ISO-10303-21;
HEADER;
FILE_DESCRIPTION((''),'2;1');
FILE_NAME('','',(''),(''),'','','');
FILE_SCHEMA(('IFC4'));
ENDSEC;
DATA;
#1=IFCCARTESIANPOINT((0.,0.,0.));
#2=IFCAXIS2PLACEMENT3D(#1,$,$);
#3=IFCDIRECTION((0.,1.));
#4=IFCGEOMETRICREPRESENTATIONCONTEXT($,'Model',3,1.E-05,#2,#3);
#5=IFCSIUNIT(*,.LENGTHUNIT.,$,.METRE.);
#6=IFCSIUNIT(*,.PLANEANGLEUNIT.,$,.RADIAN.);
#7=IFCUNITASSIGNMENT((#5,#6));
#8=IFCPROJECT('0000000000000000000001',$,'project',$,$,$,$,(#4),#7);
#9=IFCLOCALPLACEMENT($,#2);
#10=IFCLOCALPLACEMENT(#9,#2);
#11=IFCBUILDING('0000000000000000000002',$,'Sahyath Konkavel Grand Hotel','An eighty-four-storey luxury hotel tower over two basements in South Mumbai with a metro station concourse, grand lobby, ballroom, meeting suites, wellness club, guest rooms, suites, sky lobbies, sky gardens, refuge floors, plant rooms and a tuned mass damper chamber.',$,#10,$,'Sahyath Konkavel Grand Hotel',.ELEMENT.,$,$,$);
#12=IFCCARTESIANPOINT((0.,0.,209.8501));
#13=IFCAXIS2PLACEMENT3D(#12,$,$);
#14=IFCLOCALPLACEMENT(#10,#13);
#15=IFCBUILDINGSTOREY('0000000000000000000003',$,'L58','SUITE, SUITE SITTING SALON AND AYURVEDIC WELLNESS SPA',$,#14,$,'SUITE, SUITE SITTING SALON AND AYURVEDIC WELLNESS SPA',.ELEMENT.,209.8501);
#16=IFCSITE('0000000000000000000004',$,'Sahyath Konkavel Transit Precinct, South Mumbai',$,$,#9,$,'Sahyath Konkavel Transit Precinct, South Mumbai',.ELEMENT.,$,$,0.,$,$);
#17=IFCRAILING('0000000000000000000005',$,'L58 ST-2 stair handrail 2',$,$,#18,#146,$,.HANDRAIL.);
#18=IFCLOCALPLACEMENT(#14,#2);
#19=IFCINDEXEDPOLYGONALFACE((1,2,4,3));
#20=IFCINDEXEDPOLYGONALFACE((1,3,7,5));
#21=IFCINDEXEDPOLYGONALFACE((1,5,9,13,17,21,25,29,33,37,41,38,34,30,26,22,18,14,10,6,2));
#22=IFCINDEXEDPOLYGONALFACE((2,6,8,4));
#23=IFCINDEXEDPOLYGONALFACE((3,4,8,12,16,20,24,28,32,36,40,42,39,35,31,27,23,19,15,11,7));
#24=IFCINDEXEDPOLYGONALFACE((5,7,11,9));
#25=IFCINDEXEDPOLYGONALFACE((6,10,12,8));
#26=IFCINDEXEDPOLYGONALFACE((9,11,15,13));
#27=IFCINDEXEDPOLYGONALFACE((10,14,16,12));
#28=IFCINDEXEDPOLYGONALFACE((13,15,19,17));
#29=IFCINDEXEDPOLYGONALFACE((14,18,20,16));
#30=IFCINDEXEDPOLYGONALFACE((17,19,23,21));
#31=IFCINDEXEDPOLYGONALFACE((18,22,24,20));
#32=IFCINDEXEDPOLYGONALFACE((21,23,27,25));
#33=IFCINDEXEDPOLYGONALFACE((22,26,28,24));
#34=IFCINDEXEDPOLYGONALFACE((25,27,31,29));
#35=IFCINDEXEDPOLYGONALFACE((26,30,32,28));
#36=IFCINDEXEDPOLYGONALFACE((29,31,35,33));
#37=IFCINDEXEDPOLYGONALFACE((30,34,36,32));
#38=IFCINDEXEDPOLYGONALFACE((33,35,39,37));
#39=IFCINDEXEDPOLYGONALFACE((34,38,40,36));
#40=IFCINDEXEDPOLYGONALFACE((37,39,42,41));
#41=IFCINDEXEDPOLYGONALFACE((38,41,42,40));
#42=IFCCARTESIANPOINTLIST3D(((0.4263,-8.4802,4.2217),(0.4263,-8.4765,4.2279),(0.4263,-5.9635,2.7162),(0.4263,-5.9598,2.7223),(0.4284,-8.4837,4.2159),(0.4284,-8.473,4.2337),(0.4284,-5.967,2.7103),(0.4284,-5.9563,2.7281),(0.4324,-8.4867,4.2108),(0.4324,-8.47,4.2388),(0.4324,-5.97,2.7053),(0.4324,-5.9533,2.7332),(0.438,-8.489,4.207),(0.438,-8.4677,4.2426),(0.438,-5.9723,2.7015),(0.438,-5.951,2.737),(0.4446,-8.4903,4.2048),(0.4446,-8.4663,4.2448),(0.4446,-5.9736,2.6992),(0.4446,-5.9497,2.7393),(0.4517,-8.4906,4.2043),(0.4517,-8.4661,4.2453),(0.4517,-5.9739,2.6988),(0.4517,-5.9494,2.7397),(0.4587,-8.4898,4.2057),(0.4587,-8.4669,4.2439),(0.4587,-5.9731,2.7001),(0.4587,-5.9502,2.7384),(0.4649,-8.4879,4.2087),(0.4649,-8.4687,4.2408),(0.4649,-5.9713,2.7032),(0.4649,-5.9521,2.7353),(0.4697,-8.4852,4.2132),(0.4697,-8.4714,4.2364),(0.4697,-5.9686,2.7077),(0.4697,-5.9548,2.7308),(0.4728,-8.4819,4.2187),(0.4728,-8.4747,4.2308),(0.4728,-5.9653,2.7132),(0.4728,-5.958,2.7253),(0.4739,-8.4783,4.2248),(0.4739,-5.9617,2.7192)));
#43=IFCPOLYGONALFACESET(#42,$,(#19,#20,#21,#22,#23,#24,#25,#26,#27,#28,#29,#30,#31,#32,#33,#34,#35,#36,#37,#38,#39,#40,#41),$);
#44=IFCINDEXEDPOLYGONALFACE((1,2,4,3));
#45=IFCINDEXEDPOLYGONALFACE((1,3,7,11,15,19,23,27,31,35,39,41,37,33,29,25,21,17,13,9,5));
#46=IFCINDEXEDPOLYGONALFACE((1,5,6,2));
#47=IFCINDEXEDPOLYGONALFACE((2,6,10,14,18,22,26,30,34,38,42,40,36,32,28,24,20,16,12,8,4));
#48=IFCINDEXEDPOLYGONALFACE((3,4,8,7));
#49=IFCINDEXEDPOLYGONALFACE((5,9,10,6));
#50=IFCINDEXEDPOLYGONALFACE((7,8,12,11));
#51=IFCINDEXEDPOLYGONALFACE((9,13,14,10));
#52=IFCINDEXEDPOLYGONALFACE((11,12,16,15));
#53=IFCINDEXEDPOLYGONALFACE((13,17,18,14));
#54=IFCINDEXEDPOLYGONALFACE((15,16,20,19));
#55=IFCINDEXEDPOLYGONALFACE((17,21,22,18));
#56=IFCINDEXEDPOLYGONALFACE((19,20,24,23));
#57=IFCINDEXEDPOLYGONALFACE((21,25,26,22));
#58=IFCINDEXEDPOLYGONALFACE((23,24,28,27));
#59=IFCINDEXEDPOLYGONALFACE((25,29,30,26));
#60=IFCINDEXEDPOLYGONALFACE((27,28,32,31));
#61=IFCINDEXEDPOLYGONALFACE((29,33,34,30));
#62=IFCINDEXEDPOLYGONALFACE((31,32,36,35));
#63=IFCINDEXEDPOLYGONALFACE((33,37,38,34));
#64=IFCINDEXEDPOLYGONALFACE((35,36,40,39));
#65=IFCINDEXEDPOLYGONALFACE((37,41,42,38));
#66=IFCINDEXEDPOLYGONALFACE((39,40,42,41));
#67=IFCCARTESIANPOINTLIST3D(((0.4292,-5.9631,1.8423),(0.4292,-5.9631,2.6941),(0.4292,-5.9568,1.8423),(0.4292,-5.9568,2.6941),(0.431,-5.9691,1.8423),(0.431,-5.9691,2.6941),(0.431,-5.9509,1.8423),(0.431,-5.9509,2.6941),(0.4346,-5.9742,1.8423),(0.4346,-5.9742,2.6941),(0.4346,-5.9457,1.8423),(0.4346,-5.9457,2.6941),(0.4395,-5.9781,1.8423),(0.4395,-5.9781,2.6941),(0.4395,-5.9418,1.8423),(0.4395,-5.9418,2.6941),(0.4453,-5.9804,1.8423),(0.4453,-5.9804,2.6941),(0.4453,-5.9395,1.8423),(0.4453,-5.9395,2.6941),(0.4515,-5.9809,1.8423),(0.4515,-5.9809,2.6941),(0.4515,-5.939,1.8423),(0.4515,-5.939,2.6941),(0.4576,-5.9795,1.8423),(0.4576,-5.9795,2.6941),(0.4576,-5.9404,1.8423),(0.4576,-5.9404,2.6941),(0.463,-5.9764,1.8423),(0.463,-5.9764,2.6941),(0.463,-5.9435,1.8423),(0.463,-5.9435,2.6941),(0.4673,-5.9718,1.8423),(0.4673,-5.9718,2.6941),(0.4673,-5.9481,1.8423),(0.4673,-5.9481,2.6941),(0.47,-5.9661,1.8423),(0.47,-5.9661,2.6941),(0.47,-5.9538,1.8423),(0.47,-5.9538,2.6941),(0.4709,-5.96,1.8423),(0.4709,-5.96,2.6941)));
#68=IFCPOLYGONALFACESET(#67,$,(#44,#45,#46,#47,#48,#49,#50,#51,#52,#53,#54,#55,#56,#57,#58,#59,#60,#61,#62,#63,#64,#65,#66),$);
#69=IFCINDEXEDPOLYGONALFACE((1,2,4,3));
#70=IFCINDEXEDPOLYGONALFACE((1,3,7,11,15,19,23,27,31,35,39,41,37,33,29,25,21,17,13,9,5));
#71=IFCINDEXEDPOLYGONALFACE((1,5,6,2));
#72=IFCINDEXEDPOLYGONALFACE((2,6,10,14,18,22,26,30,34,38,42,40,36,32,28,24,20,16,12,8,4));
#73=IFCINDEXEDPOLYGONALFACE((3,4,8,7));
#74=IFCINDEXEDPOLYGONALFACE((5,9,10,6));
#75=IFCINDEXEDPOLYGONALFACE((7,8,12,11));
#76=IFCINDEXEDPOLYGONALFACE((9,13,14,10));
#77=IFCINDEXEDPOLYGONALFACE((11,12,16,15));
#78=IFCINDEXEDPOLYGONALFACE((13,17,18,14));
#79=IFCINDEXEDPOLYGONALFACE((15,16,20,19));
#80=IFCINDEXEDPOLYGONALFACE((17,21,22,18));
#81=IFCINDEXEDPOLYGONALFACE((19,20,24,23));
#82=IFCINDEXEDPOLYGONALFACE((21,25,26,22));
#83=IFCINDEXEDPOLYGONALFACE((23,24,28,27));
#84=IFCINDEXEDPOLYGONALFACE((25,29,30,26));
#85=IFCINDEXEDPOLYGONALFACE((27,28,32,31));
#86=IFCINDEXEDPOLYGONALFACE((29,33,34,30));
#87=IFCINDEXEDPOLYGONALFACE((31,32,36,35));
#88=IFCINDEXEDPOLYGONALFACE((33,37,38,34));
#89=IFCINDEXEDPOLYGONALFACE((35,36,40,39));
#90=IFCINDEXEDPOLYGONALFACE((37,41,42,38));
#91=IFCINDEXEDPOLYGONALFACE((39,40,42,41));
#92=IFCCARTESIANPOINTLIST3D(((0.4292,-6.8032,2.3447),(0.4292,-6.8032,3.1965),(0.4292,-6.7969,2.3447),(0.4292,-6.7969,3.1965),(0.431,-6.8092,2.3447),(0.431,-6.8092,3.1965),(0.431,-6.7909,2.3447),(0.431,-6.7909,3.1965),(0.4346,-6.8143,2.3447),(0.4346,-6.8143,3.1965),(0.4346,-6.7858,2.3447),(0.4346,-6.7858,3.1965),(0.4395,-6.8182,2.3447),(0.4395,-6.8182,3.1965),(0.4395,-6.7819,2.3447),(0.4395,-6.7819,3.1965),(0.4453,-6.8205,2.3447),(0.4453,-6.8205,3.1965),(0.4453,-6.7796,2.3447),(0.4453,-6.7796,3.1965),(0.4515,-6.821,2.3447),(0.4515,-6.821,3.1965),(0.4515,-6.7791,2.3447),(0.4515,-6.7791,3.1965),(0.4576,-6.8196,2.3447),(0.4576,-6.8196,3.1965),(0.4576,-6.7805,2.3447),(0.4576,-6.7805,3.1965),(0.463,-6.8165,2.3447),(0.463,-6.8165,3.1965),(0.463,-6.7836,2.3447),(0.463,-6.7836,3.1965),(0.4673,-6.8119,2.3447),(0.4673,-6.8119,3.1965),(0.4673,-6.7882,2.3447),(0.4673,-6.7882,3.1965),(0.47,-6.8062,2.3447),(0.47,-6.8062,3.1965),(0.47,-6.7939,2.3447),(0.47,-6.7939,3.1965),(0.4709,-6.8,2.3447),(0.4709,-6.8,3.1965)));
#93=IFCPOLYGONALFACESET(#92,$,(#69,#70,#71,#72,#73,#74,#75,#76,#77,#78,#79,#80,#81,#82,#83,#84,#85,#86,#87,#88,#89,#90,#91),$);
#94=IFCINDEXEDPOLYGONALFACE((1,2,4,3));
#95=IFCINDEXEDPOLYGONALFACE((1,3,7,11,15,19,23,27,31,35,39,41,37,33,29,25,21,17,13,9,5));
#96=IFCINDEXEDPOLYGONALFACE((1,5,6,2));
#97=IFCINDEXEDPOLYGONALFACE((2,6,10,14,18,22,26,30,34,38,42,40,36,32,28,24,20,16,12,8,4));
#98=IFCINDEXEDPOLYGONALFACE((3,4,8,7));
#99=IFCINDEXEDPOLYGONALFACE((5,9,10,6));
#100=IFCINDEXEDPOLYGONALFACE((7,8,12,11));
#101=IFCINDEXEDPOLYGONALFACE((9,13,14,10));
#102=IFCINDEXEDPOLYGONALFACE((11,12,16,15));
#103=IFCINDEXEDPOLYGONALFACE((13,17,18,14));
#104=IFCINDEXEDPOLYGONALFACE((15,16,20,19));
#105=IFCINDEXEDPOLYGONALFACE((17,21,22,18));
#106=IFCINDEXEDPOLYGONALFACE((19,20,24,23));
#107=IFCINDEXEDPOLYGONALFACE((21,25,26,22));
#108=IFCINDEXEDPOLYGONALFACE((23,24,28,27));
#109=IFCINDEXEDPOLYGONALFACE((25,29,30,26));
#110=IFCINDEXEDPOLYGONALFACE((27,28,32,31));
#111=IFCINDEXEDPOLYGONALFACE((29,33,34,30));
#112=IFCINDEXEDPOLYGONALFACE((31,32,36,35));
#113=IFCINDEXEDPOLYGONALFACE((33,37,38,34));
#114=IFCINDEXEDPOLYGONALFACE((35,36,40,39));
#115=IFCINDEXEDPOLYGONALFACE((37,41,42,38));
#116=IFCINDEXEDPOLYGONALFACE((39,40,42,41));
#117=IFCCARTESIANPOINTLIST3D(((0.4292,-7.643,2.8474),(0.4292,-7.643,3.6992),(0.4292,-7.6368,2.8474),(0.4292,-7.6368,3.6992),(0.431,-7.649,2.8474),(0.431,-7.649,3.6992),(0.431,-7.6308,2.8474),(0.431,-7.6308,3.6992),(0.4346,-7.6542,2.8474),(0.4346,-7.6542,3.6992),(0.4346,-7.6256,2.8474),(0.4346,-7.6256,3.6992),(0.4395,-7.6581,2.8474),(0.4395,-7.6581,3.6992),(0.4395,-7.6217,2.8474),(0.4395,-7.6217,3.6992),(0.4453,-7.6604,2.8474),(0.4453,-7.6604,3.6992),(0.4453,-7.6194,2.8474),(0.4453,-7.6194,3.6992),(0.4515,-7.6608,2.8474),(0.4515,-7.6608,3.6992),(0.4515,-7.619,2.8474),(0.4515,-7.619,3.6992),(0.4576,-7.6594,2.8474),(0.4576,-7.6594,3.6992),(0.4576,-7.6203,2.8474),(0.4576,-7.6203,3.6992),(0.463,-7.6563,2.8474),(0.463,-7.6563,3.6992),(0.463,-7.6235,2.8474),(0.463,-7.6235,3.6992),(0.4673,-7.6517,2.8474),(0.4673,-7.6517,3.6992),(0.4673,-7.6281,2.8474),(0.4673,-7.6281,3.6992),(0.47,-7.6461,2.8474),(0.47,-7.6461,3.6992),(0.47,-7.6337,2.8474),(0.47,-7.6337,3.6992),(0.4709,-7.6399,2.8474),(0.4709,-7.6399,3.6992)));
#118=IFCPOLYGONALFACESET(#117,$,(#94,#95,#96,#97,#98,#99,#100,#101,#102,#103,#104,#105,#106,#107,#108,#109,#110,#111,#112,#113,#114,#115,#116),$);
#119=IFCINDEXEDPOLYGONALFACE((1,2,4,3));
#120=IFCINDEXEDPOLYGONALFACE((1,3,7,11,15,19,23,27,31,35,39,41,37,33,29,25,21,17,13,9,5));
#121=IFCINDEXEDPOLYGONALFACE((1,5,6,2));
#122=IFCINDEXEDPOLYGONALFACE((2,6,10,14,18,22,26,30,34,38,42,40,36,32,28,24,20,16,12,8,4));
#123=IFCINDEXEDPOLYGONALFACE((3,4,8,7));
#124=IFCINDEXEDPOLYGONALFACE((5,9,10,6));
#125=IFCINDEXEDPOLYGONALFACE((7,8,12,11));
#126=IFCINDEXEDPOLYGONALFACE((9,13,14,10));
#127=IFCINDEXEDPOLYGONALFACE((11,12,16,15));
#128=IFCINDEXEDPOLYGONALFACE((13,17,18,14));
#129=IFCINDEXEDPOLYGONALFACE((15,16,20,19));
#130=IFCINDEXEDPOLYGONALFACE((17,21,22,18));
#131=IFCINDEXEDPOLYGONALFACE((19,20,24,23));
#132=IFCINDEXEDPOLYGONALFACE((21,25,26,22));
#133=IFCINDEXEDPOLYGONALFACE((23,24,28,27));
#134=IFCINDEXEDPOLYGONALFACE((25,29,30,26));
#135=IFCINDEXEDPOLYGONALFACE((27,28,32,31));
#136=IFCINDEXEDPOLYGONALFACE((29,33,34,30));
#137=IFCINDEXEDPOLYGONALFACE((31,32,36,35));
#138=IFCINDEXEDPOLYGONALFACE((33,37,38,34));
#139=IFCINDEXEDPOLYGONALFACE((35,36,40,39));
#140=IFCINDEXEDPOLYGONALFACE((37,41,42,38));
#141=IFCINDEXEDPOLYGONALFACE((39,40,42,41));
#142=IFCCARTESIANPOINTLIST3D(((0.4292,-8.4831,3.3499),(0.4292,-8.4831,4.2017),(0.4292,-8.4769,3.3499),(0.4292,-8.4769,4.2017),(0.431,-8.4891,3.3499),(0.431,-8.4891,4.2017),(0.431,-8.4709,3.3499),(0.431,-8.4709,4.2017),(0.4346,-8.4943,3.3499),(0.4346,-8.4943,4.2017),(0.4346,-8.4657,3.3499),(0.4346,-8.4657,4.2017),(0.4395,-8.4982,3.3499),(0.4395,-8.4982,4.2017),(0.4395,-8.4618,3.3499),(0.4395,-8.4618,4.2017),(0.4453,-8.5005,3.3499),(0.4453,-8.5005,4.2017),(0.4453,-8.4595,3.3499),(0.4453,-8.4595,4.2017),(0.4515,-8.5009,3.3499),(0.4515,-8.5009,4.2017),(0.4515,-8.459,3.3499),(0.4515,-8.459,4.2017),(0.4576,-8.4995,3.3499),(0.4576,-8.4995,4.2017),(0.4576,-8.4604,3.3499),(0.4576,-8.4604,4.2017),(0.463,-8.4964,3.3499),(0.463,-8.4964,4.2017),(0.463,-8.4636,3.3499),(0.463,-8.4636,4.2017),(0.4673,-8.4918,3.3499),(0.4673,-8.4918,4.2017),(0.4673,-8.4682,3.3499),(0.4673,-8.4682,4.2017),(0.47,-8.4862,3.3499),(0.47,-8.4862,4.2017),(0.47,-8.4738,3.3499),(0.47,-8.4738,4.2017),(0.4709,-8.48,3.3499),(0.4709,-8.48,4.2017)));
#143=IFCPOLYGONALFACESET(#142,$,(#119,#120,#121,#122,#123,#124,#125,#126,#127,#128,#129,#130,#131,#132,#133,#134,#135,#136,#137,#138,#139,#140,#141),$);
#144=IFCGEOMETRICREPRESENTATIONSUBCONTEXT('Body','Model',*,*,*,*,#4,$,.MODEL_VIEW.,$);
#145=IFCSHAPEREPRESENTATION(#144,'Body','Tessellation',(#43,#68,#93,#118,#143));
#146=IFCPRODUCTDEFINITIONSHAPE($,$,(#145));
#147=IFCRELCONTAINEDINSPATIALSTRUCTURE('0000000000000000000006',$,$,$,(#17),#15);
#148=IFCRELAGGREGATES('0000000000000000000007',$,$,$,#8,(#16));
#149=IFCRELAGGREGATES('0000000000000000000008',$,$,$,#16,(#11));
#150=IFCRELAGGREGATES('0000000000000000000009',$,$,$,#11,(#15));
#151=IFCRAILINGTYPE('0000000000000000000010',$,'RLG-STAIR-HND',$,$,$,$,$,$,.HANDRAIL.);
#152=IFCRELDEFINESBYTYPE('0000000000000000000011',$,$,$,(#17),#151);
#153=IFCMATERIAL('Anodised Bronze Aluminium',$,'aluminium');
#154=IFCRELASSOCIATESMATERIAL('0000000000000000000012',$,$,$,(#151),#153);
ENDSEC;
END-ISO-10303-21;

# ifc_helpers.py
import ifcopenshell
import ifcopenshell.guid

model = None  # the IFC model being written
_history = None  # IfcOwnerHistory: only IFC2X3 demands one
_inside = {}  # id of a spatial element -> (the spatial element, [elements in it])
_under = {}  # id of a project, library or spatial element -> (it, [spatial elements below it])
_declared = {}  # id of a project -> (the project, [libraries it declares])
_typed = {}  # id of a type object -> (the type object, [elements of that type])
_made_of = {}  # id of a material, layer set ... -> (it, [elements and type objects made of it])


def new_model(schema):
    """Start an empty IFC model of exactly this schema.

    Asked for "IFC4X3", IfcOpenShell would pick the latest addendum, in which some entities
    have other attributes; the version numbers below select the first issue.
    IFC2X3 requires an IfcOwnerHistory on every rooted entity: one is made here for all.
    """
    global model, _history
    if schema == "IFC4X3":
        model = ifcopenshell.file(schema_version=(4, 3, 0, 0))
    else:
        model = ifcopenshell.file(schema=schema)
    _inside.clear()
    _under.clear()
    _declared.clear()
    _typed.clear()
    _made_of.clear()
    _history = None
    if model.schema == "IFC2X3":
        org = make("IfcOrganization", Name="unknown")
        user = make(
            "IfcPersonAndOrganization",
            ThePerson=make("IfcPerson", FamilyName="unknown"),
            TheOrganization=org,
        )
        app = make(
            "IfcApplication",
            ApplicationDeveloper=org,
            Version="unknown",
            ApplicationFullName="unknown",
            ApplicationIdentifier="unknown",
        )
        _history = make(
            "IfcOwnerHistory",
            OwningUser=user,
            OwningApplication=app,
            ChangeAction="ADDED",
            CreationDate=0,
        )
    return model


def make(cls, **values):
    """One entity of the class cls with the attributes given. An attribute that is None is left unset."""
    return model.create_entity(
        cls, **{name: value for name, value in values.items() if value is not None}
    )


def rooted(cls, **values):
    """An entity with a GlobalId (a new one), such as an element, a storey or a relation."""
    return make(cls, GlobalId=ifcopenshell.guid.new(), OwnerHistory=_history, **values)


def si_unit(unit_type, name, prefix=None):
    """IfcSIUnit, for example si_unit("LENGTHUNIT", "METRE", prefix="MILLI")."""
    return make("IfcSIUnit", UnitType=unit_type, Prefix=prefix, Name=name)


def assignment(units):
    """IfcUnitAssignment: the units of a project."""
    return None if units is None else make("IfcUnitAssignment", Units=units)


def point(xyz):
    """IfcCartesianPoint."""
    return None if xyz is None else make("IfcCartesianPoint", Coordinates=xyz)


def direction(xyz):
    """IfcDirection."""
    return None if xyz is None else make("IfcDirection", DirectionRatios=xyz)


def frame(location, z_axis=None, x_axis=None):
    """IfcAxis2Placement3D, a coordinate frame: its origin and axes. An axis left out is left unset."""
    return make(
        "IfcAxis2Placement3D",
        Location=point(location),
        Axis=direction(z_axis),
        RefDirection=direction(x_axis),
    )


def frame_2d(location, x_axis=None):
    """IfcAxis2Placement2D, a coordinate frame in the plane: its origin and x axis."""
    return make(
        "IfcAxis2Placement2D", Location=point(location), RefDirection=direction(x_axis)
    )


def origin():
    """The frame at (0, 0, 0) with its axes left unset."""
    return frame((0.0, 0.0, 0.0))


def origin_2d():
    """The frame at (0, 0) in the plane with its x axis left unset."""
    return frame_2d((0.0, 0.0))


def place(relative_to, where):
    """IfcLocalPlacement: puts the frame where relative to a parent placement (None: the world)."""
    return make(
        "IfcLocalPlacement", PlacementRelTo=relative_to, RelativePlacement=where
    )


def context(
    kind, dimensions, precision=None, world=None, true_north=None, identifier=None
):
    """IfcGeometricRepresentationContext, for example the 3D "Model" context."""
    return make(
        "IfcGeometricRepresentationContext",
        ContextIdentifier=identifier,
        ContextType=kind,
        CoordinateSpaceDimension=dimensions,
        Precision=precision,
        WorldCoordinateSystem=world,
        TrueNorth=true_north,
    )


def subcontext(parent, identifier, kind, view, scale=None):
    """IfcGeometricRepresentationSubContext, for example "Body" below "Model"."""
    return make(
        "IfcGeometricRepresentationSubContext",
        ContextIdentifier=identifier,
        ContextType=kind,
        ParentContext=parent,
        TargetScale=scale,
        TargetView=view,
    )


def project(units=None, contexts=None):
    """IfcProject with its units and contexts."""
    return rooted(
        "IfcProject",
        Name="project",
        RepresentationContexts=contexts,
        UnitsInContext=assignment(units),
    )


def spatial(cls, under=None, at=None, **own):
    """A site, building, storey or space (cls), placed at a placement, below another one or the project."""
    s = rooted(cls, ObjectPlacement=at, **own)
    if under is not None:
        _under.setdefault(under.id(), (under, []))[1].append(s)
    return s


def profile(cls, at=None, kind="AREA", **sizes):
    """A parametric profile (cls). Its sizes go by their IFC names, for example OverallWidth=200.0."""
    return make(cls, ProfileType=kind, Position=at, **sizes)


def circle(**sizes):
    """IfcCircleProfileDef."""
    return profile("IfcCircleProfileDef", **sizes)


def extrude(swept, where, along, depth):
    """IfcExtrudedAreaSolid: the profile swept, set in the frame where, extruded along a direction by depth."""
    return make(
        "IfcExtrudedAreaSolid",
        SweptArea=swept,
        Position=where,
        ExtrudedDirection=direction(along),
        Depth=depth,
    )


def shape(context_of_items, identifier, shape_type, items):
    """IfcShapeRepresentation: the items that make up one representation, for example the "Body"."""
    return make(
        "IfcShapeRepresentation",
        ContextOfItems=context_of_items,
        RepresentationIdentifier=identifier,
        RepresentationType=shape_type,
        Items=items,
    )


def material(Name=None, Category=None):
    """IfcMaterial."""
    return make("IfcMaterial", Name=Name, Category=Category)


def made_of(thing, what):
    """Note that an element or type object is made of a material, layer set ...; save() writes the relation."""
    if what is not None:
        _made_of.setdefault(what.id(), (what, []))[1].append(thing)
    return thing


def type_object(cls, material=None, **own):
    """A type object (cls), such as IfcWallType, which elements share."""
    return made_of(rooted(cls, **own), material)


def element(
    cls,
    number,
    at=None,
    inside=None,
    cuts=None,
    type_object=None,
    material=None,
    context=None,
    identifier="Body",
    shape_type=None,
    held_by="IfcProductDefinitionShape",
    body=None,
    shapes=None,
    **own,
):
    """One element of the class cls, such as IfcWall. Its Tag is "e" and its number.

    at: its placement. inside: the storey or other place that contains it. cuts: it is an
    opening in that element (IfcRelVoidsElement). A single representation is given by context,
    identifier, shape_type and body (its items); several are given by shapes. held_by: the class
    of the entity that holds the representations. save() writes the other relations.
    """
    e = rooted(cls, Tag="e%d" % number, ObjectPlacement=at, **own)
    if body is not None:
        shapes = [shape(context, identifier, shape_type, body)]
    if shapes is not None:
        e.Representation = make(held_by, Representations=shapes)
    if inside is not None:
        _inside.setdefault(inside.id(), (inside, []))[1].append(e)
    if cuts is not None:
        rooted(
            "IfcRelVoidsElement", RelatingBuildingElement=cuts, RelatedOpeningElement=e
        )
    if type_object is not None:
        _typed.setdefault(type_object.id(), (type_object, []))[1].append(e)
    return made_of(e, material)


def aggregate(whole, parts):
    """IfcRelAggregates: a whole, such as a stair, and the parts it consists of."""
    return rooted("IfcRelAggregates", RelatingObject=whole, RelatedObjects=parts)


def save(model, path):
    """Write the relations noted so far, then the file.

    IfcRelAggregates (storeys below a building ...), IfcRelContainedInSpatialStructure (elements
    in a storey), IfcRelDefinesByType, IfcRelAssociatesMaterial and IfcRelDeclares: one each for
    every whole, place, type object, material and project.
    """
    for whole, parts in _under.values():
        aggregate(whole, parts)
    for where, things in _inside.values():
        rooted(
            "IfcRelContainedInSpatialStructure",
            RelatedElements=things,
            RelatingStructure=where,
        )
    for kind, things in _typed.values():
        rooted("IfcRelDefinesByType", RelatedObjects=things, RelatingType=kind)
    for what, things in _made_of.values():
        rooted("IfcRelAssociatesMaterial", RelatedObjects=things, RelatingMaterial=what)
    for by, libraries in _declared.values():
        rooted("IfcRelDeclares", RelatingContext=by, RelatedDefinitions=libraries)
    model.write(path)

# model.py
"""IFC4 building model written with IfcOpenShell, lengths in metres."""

from ifc_helpers import new_model, si_unit, direction, frame, origin, origin_2d, place, context, subcontext, project, spatial, circle, extrude, material, type_object, element, save


model = new_model("IFC4")

# Units and contexts
model_context = context("Model", 3, precision=1e-05, world=origin(), true_north=direction((0.0, 1.0)))
body_context = subcontext(model_context, "Body", "Model", "MODEL_VIEW")
ifc_project = project(units=[si_unit("LENGTHUNIT", "METRE"), si_unit("PLANEANGLEUNIT", "RADIAN")], contexts=[model_context])

# Site, building, storey
site_placement = place(None, origin())
site = spatial("IfcSite", under=ifc_project, at=site_placement, Name="Sahyath Konkavel Transit Precinct, South Mumbai", LongName="Sahyath Konkavel Transit Precinct, South Mumbai", CompositionType="ELEMENT", RefElevation=0.0)
building_placement = place(site_placement, origin())
building = spatial("IfcBuilding", under=site, at=building_placement, Name="Sahyath Konkavel Grand Hotel", Description="An eighty-four-storey luxury hotel tower over two basements in South Mumbai with a metro station concourse, grand lobby, ballroom, meeting suites, wellness club, guest rooms, suites, sky lobbies, sky gardens, refuge floors, plant rooms and a tuned mass damper chamber.", LongName="Sahyath Konkavel Grand Hotel", CompositionType="ELEMENT")
storey_placement = place(building_placement, frame((0.0, 0.0, 209.8501)))
storey = spatial("IfcBuildingStorey", under=building, at=storey_placement, Name="L58", Description="SUITE, SUITE SITTING SALON AND AYURVEDIC WELLNESS SPA", LongName="SUITE, SUITE SITTING SALON AND AYURVEDIC WELLNESS SPA", CompositionType="ELEMENT", Elevation=209.8501)

# Shared definitions
ifc_material_1 = material(Name="Anodised Bronze Aluminium", Category="aluminium")

# Railing
railing_type_1 = type_object("IfcRailingType", Name="RLG-STAIR-HND", PredefinedType="HANDRAIL", material=ifc_material_1)
railing_1_placement = place(storey_placement, frame((0.45, -5.96, 1.8423)))
element("IfcRailing", 1, at=railing_1_placement, inside=storey, type_object=railing_type_1, Name="L58 ST-2 stair handrail 2", PredefinedType="HANDRAIL", context=body_context, shape_type="SweptSolid", body=[
    extrude(circle(Radius=0.0239, at=origin_2d()), frame((0.0, -0.0017, 0.877), z_axis=(0.0, -0.85816, 0.513383), x_axis=(1.0, 0.0, 0.0)), (0.0, 0.0, 1.0), 2.9326),
    extrude(circle(Radius=0.021, at=origin_2d()), origin(), (0.0, 0.0, 1.0), 0.8518),
    extrude(circle(Radius=0.021, at=origin_2d()), frame((0.0, -0.8401, 0.5024)), (0.0, 0.0, 1.0), 0.8518),
    extrude(circle(Radius=0.021, at=origin_2d()), frame((0.0, -1.6799, 1.0051)), (0.0, 0.0, 1.0), 0.8518),
    extrude(circle(Radius=0.021, at=origin_2d()), frame((0.0, -2.52, 1.5076)), (0.0, 0.0, 1.0), 0.8518),
])

save(model, "model.ifc")
